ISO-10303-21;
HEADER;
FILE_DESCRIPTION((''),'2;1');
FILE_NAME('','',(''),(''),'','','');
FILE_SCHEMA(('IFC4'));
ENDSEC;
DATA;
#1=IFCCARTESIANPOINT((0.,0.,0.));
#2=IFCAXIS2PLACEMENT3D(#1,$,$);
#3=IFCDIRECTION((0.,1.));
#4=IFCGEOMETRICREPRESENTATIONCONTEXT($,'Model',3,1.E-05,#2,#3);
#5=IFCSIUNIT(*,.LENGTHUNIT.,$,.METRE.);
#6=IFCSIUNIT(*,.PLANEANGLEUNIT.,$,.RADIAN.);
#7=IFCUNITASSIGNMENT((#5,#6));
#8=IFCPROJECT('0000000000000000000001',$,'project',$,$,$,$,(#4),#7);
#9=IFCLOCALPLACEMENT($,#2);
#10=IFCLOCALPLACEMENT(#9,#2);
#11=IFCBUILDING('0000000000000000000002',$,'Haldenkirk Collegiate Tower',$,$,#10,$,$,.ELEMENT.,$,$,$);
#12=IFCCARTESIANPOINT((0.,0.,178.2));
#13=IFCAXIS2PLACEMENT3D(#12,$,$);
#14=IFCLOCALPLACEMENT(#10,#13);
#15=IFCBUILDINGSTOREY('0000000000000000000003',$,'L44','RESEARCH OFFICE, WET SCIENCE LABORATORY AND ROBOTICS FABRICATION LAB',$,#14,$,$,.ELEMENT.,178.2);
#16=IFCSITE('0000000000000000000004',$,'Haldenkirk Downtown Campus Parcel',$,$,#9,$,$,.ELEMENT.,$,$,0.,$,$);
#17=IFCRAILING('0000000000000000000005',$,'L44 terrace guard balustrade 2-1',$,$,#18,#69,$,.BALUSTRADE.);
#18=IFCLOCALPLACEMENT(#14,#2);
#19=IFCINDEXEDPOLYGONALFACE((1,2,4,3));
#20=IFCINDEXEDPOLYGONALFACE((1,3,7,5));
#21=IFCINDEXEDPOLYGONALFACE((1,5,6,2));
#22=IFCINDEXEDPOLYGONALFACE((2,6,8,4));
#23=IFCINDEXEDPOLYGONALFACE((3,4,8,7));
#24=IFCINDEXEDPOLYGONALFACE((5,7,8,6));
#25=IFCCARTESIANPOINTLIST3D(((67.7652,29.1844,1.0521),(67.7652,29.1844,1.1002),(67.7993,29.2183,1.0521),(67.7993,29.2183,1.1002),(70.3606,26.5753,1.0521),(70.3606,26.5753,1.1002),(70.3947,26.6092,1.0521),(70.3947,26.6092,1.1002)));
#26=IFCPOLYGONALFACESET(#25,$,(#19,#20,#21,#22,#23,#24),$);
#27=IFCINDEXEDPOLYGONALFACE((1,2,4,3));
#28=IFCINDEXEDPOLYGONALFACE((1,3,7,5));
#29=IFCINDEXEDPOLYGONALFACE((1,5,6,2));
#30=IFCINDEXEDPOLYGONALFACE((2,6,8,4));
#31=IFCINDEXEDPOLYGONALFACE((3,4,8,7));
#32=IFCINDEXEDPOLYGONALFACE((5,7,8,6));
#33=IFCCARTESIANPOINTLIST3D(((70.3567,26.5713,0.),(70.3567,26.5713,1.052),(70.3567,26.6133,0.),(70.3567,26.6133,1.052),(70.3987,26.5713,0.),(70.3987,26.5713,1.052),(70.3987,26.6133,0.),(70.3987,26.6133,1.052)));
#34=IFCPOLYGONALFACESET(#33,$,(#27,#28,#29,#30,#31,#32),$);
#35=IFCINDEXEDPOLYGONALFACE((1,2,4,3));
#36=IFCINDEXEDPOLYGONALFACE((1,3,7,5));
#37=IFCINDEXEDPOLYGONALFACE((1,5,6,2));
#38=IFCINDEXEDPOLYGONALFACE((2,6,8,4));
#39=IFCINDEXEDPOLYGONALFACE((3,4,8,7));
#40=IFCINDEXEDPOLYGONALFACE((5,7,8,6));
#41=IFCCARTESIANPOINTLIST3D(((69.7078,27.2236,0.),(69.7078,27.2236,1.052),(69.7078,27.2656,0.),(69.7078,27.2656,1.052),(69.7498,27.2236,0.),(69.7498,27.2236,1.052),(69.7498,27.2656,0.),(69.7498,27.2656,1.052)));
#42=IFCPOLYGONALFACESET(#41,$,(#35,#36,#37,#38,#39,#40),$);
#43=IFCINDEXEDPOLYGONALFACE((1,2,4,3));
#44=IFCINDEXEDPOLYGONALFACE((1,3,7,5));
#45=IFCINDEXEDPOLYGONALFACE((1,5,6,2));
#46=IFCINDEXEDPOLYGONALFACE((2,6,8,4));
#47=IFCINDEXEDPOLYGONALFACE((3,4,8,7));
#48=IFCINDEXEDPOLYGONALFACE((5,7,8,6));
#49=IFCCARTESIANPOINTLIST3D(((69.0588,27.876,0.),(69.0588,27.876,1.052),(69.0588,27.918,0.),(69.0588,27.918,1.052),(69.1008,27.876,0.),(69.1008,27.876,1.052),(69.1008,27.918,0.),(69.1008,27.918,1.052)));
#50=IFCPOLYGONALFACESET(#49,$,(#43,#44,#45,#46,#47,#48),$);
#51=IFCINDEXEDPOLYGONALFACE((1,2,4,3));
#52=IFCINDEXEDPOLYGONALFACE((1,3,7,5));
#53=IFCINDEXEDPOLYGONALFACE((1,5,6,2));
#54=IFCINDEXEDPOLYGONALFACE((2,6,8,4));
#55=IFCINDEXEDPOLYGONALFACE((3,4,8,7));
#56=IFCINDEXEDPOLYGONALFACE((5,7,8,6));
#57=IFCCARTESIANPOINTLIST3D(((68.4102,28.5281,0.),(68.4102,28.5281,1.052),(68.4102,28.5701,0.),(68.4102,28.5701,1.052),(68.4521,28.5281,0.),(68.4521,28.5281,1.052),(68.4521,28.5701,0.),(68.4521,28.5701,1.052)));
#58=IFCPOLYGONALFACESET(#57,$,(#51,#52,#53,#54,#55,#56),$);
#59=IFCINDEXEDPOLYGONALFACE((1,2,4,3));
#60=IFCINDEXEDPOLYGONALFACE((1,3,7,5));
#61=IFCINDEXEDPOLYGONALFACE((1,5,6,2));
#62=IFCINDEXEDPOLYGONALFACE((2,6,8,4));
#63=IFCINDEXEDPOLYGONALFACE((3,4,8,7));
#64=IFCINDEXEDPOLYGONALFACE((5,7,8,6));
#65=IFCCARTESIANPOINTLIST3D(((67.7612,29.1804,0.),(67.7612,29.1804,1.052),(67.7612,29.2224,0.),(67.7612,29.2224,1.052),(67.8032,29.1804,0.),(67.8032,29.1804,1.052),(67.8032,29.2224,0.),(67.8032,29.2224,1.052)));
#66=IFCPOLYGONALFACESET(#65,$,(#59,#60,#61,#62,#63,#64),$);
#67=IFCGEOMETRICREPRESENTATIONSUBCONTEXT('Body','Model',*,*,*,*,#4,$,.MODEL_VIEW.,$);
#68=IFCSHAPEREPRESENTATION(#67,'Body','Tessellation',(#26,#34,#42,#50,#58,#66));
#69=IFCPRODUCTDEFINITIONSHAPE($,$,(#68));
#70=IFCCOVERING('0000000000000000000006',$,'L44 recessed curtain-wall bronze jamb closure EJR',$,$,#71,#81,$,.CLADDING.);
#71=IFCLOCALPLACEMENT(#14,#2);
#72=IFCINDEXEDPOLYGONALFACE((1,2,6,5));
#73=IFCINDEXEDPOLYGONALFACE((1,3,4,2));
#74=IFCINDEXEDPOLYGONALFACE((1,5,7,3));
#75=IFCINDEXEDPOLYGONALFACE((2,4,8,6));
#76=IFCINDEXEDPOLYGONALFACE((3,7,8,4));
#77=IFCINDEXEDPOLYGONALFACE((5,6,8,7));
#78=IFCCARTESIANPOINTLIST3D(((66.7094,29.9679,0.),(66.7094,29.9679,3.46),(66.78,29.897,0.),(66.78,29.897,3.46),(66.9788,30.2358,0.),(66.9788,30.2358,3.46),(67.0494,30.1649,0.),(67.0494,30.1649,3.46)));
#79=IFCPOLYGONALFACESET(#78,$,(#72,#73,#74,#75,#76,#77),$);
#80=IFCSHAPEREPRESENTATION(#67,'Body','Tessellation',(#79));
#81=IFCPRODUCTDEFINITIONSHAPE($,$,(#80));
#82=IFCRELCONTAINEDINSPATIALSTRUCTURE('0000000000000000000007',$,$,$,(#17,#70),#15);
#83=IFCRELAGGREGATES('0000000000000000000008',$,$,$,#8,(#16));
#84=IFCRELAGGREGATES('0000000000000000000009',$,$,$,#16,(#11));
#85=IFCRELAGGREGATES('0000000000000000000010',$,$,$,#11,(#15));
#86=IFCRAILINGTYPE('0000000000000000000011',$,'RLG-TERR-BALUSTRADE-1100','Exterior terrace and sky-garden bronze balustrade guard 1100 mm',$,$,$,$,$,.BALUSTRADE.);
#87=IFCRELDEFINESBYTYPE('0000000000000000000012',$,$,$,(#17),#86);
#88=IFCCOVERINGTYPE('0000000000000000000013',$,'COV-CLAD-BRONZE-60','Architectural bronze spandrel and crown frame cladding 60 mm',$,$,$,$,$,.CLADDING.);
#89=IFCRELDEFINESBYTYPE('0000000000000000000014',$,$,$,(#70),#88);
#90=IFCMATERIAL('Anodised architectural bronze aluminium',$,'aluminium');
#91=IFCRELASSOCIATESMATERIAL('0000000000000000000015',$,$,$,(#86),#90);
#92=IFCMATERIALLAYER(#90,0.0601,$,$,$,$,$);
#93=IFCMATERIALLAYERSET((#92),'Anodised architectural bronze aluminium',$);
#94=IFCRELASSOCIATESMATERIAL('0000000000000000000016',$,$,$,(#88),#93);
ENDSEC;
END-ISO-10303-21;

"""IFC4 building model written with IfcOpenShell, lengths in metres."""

from ifc_helpers import new_model, si_unit, direction, frame, origin, origin_2d, place, context, subcontext, project, spatial, rectangle, extrude, source, transform, mapped, material, layer, layer_set, type_object, element, save


model = new_model("IFC4")

# Units and contexts
model_context = context("Model", 3, precision=1e-05, world=origin(), true_north=direction((0.0, 1.0)))
body_context = subcontext(model_context, "Body", "Model", "MODEL_VIEW")
ifc_project = project(units=[si_unit("LENGTHUNIT", "METRE"), si_unit("PLANEANGLEUNIT", "RADIAN")], contexts=[model_context])

# Site, building, storey
site_placement = place(None, origin())
site = spatial("IfcSite", under=ifc_project, at=site_placement, Name="Haldenkirk Downtown Campus Parcel", CompositionType="ELEMENT", RefElevation=0.0)
building_placement = place(site_placement, origin())
building = spatial("IfcBuilding", under=site, at=building_placement, Name="Haldenkirk Collegiate Tower", CompositionType="ELEMENT")
storey_placement = place(building_placement, frame((0.0, 0.0, 178.2)))
storey = spatial("IfcBuildingStorey", under=building, at=storey_placement, Name="L44", Description="RESEARCH OFFICE, WET SCIENCE LABORATORY AND ROBOTICS FABRICATION LAB", CompositionType="ELEMENT", Elevation=178.2)

# Shared definitions
ifc_material_1 = material(Name="Anodised architectural bronze aluminium", Category="aluminium")

# Railing
railing_type = type_object("IfcRailingType", Name="RLG-TERR-BALUSTRADE-1100", Description="Exterior terrace and sky-garden bronze balustrade guard 1100 mm", PredefinedType="BALUSTRADE", material=ifc_material_1)
railing_placement = place(storey_placement, frame((70.3777, 26.5923, 0.0)))
element("IfcRailing", 1, at=railing_placement, inside=storey, type_object=railing_type, Name="L44 terrace guard balustrade 2-1", PredefinedType="BALUSTRADE", context=body_context, shape_type="SweptSolid", body=[
    extrude(rectangle(XDim=0.0481, YDim=0.0481, at=origin_2d()), frame((0.0, 0.0, 1.0762), z_axis=(-0.705247, 0.708962, 0.0), x_axis=(-0.708962, -0.705247, 0.0)), (0.0, 0.0, 1.0), 3.6802),
    extrude(rectangle(XDim=0.042, YDim=0.042, at=origin_2d()), origin(), (0.0, 0.0, 1.0), 1.052),
    extrude(rectangle(XDim=0.042, YDim=0.042, at=origin_2d()), frame((-0.6489, 0.6523, 0.0)), (0.0, 0.0, 1.0), 1.052),
    extrude(rectangle(XDim=0.042, YDim=0.042, at=origin_2d()), frame((-1.2979, 1.3047, 0.0)), (0.0, 0.0, 1.0), 1.052),
    extrude(rectangle(XDim=0.042, YDim=0.042, at=origin_2d()), frame((-1.9465, 1.9568, 0.0)), (0.0, 0.0, 1.0), 1.052),
    extrude(rectangle(XDim=0.042, YDim=0.042, at=origin_2d()), frame((-2.5955, 2.6091, 0.0)), (0.0, 0.0, 1.0), 1.052),
])

# Covering
ifc_layer_1 = layer(ifc_material_1, 0.0601)
ifc_layer_set_1 = layer_set([ifc_layer_1], Name="Anodised architectural bronze aluminium")
covering_type = type_object("IfcCoveringType", Name="COV-CLAD-BRONZE-60", Description="Architectural bronze spandrel and crown frame cladding 60 mm", PredefinedType="CLADDING", material=ifc_layer_set_1)
shared_shape_1 = source(origin(), body_context, "Body", "SweptSolid", [
    extrude(rectangle(XDim=0.1001, YDim=0.3799, at=origin_2d()), origin(), (0.0, 0.0, 1.0), 3.46),
])
covering_placement = place(storey_placement, frame((66.8794, 30.0664, 0.0), z_axis=(0.0, 0.0, 1.0), x_axis=(0.705253, -0.708956, 0.0)))
element("IfcCovering", 2, at=covering_placement, inside=storey, type_object=covering_type, Name="L44 recessed curtain-wall bronze jamb closure EJR", PredefinedType="CLADDING", context=body_context, shape_type="MappedRepresentation", body=[
    mapped(shared_shape_1, transform((0.0, 0.0, 0.0), x_axis=(1.0, 0.0, 0.0), y_axis=(0.0, 1.0, 0.0), z_axis=(0.0, 0.0, 1.0), scale=1.0)),
])

save(model, "model.ifc")
